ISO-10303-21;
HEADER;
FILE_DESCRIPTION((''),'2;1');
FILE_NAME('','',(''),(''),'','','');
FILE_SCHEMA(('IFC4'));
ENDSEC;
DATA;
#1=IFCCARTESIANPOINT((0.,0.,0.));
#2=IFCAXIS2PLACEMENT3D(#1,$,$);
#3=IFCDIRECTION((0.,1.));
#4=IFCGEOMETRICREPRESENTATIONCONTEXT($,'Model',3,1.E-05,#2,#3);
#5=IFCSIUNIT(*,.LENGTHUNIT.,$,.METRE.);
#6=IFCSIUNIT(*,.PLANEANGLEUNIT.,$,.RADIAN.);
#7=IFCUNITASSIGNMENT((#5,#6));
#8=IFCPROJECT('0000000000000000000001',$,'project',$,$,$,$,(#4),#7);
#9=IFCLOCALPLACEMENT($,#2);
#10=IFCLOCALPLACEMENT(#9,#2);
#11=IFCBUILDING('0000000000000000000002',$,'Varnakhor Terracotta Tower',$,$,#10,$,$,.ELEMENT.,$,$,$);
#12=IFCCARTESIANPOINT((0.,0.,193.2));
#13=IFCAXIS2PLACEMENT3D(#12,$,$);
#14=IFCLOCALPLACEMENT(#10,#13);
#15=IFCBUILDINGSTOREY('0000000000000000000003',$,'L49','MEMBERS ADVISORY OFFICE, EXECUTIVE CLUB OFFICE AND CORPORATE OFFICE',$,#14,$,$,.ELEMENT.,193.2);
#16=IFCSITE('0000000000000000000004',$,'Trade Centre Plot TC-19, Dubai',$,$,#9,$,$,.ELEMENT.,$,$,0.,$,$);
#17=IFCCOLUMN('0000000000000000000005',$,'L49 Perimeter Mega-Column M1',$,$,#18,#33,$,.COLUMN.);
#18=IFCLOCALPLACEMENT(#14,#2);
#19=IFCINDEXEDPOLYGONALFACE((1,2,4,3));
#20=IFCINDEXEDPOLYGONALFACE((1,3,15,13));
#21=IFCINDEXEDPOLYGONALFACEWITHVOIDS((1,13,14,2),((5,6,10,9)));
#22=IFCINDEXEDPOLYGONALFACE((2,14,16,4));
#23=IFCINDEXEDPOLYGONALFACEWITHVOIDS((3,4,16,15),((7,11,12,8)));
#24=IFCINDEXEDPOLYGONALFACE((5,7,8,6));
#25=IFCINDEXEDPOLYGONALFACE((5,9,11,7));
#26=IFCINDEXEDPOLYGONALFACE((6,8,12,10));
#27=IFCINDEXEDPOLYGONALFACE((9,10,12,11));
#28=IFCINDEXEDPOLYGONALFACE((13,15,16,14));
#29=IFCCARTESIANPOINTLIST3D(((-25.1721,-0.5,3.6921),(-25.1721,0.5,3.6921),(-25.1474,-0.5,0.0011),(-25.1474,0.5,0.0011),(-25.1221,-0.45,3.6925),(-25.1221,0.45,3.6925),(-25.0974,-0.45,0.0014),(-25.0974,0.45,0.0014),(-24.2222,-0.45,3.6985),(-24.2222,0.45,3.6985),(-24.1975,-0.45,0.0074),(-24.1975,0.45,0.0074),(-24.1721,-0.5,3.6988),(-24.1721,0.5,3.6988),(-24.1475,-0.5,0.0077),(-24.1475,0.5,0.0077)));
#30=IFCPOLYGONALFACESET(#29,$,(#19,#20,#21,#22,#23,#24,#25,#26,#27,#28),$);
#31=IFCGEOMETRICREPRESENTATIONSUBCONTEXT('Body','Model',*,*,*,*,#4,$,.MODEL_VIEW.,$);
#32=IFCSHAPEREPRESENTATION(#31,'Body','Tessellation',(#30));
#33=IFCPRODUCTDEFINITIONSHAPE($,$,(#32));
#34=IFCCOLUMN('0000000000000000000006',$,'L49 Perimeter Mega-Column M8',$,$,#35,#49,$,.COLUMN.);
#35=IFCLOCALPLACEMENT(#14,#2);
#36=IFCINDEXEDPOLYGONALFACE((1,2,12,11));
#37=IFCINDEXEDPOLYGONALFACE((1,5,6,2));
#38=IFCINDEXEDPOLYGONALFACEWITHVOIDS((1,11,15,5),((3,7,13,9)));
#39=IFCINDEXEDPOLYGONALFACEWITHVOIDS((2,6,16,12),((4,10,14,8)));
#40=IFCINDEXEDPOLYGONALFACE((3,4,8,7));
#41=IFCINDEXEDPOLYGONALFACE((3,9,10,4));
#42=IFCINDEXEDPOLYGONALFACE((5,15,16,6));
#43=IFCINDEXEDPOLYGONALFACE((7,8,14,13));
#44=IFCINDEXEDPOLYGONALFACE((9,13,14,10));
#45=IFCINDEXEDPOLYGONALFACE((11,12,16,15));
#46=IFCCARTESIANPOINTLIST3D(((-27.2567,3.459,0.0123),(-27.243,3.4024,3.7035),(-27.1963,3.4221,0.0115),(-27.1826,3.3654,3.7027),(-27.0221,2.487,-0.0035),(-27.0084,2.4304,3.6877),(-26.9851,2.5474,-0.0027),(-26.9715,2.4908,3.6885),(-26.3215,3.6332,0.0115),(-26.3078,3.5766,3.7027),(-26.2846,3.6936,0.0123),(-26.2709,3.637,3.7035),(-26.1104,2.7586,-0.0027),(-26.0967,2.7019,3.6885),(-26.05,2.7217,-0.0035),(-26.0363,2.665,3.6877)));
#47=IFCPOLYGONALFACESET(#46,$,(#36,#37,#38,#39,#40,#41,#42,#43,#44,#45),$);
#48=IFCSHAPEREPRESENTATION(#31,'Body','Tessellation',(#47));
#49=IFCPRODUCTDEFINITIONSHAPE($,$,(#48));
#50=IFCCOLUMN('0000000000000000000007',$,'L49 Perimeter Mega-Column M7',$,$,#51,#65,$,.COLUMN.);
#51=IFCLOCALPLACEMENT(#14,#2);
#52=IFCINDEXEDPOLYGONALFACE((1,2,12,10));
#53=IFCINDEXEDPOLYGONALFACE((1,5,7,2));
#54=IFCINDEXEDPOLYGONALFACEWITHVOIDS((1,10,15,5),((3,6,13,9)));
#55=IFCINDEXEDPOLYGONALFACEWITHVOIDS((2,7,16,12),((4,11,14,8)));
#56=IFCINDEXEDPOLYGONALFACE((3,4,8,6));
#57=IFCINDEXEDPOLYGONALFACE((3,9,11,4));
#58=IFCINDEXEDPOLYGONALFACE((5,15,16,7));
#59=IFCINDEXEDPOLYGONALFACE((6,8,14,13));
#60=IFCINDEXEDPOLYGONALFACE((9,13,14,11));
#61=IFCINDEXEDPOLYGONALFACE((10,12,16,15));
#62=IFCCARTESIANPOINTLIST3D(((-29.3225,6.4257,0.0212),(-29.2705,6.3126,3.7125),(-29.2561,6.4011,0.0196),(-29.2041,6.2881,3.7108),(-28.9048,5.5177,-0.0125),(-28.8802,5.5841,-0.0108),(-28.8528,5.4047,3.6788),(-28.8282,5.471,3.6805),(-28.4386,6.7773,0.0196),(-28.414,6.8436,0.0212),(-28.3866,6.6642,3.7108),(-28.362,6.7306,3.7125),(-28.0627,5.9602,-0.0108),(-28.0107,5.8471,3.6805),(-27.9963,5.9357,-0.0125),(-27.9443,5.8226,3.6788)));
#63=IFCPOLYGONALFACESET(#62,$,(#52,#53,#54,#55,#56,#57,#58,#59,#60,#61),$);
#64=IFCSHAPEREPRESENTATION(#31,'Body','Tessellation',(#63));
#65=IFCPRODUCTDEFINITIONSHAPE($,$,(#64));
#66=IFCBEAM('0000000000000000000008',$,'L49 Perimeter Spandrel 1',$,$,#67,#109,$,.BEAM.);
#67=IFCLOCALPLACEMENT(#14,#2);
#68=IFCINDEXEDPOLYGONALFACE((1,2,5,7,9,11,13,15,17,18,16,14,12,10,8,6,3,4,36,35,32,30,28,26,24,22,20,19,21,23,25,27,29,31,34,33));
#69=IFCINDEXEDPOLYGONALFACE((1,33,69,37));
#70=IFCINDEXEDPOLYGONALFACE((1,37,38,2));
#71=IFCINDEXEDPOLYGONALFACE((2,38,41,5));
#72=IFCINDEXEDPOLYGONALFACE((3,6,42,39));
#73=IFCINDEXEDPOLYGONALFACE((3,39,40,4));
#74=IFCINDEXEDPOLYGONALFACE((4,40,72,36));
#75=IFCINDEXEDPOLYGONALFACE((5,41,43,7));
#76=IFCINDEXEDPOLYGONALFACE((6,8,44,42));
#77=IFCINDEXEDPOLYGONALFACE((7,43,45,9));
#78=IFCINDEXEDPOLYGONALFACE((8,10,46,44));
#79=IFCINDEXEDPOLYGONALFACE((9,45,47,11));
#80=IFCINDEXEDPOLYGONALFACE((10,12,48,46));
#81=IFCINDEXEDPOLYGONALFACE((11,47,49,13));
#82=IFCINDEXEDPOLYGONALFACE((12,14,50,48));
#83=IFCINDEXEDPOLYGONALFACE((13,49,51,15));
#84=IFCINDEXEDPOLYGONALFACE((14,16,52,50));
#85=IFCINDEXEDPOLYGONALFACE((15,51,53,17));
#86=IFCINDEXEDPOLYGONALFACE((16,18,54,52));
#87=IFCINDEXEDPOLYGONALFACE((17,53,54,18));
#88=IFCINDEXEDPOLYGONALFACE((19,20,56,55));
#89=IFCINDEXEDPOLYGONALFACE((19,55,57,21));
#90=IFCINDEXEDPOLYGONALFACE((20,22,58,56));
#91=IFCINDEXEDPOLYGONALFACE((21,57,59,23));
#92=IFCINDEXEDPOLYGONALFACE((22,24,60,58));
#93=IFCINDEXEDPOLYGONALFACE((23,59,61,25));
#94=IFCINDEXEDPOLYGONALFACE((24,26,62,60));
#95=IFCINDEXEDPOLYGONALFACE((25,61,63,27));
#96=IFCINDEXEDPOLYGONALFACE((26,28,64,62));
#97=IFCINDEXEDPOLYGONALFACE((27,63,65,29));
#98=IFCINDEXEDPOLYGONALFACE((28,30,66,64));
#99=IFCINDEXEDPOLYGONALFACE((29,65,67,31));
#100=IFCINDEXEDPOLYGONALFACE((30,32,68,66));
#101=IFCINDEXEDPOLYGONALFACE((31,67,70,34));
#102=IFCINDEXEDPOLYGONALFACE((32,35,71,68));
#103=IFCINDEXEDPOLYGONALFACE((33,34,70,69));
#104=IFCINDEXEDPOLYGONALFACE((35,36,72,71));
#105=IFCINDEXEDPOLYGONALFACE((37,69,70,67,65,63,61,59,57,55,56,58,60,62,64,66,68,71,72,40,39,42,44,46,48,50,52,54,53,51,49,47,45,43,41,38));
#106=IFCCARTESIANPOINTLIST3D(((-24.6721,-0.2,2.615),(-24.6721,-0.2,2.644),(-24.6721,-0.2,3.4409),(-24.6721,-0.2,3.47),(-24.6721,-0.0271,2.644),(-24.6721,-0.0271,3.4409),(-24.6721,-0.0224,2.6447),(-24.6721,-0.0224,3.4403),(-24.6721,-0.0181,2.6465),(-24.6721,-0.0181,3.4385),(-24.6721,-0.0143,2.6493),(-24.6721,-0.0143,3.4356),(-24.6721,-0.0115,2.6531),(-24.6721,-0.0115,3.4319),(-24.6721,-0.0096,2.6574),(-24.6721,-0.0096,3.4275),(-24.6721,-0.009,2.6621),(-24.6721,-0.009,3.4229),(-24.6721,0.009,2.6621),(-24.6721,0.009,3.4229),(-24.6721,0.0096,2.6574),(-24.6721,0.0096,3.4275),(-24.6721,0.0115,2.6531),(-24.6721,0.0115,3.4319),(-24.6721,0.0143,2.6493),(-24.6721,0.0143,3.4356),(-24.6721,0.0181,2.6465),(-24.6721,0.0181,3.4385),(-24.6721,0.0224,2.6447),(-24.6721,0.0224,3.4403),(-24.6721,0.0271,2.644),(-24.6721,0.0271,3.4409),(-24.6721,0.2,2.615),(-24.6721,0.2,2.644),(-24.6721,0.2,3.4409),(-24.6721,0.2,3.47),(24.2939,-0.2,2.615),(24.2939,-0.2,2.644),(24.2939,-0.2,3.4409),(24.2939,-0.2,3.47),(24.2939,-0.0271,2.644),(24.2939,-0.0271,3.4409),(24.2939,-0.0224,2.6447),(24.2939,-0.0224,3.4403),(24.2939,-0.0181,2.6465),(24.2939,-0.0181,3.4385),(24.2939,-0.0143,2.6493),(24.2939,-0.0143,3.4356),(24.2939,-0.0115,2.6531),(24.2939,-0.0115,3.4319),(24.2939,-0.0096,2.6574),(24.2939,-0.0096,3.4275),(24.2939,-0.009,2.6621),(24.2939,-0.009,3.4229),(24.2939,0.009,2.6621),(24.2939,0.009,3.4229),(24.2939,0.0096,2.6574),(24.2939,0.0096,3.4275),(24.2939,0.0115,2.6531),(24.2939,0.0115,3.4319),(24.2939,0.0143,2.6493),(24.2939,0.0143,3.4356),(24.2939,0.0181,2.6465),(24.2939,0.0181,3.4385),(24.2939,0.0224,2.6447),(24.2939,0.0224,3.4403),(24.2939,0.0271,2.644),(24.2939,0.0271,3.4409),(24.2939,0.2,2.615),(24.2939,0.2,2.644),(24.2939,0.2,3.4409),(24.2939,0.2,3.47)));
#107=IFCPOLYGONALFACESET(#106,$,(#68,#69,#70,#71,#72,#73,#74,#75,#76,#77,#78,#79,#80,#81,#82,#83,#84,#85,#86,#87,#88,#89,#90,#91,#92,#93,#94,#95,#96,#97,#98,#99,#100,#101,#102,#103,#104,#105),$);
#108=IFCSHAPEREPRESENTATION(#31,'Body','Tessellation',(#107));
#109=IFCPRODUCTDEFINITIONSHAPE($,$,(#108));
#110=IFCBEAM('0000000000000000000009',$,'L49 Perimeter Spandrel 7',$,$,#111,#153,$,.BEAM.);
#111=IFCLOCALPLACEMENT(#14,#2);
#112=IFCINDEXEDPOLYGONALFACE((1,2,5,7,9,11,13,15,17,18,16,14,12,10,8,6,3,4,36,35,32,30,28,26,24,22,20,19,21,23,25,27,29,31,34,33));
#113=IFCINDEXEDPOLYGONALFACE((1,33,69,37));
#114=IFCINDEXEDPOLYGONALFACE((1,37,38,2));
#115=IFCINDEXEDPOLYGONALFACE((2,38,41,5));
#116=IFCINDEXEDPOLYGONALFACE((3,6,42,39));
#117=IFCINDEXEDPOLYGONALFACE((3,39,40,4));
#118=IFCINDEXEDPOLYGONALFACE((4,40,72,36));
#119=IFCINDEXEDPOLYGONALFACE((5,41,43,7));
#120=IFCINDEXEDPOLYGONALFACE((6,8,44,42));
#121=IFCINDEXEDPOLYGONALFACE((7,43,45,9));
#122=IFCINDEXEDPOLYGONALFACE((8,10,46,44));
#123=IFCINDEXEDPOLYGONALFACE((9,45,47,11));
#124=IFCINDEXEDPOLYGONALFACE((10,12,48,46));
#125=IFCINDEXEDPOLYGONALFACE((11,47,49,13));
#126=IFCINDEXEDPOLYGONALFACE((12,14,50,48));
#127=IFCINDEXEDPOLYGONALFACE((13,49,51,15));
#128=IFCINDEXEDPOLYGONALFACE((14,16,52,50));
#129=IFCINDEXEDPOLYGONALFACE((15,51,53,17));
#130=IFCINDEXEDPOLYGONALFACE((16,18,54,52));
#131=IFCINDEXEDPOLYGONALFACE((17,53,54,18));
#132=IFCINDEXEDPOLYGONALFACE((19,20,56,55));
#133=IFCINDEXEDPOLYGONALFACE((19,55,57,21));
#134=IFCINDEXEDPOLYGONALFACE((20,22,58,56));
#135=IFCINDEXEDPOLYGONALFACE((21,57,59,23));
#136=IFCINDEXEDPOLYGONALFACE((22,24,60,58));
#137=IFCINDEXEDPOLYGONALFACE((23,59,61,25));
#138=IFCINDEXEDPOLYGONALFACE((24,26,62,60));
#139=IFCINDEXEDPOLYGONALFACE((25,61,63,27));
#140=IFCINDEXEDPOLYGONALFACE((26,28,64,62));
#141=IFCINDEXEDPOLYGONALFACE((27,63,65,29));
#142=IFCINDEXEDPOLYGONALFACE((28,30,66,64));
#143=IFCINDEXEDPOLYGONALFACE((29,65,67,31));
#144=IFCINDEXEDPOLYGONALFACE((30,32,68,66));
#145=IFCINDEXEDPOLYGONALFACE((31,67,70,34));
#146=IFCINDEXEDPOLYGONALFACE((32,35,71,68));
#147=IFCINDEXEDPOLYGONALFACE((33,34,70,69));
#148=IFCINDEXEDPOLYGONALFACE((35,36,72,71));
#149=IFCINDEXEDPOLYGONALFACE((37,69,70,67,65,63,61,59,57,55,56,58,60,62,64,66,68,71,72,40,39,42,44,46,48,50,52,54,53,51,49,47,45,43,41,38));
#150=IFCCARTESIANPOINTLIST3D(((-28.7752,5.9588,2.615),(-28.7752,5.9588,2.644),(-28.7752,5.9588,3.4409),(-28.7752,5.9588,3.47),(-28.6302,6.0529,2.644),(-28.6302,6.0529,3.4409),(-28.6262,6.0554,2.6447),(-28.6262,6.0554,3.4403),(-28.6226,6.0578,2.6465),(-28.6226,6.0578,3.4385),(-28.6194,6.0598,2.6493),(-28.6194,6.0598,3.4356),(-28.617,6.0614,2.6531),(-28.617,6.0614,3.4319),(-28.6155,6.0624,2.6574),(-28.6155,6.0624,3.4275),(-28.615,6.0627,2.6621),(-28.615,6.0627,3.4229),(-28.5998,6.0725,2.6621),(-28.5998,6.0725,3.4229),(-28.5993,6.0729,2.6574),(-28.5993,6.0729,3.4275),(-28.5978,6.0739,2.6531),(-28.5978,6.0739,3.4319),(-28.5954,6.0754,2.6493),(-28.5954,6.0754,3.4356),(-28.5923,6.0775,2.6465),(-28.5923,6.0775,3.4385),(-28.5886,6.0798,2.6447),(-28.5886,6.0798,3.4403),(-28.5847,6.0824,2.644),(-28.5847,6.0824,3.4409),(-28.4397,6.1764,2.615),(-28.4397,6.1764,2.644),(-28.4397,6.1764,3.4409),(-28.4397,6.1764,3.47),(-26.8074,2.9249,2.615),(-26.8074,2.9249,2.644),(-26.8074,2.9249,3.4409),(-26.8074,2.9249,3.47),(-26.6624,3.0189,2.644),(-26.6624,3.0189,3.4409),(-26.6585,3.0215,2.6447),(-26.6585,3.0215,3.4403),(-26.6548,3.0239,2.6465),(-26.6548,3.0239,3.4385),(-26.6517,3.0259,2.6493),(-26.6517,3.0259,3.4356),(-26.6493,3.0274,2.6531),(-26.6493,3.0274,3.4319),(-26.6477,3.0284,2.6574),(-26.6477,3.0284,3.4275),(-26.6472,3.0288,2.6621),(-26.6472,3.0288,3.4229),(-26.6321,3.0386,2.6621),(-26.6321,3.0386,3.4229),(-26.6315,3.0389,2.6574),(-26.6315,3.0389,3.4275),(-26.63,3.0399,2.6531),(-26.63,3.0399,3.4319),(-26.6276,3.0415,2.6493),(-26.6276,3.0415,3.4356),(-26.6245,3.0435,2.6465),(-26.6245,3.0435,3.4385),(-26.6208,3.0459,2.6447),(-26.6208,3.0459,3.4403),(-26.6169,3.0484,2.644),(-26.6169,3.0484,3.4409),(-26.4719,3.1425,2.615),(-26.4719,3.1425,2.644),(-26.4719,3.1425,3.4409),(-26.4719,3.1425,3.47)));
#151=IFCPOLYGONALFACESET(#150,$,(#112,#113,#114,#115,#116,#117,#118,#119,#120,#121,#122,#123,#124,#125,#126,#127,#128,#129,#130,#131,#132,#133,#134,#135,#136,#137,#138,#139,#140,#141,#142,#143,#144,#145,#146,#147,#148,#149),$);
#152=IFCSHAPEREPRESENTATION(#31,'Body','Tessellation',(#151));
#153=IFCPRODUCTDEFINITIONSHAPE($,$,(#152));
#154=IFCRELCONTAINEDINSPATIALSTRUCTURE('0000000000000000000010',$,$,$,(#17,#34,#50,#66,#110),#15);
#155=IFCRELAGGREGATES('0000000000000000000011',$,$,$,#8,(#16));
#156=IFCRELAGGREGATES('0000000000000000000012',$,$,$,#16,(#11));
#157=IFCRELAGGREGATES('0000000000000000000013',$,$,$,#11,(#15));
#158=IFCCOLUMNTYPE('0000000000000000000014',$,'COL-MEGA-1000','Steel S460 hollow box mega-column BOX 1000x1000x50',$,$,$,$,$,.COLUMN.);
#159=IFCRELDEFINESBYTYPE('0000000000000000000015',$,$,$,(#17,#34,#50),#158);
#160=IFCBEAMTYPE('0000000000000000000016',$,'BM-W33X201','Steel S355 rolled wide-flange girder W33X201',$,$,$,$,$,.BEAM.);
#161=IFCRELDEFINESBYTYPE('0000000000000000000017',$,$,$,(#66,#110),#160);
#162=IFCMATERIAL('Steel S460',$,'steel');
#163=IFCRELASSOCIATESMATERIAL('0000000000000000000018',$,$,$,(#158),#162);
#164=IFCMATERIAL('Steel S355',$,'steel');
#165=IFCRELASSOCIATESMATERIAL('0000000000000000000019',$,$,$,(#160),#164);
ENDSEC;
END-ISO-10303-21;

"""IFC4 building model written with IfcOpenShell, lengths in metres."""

from ifc_helpers import new_model, si_unit, direction, frame, origin, origin_2d, place, context, subcontext, project, spatial, hollow_rectangle, i_section, extrude, source, transform, mapped, material, material_profile, profile_set, type_object, element, save


model = new_model("IFC4")

# Units and contexts
model_context = context("Model", 3, precision=1e-05, world=origin(), true_north=direction((0.0, 1.0)))
body_context = subcontext(model_context, "Body", "Model", "MODEL_VIEW")
ifc_project = project(units=[si_unit("LENGTHUNIT", "METRE"), si_unit("PLANEANGLEUNIT", "RADIAN")], contexts=[model_context])

# Site, building, storey
site_placement = place(None, origin())
site = spatial("IfcSite", under=ifc_project, at=site_placement, Name="Trade Centre Plot TC-19, Dubai", CompositionType="ELEMENT", RefElevation=0.0)
building_placement = place(site_placement, origin())
building = spatial("IfcBuilding", under=site, at=building_placement, Name="Varnakhor Terracotta Tower", CompositionType="ELEMENT")
storey_placement = place(building_placement, frame((0.0, 0.0, 193.2)))
storey = spatial("IfcBuildingStorey", under=building, at=storey_placement, Name="L49", Description="MEMBERS ADVISORY OFFICE, EXECUTIVE CLUB OFFICE AND CORPORATE OFFICE", CompositionType="ELEMENT", Elevation=193.2)

# Columns
ifc_material_1 = material(Name="Steel S460", Category="steel")
ifc_material_profile_1 = material_profile(ifc_material_1, hollow_rectangle(XDim=1.0, YDim=1.0, WallThickness=0.05, at=origin_2d()), Name="BOX 1000x1000x50")
ifc_profile_set_1 = profile_set([ifc_material_profile_1], Name="Steel S460")
column_type = type_object("IfcColumnType", Name="COL-MEGA-1000", Description="Steel S460 hollow box mega-column BOX 1000x1000x50", PredefinedType="COLUMN", material=ifc_profile_set_1)
shared_shape_1 = source(origin(), body_context, "Body", "SweptSolid", [
    extrude(hollow_rectangle(XDim=1.0, YDim=1.0, WallThickness=0.05, at=origin_2d()), origin(), (0.0, 0.0, 1.0), 3.6912),
])
column_1_placement = place(storey_placement, frame((-24.6475, 0.0, 0.0044), z_axis=(-0.00668, 0.0, 0.999978), x_axis=(0.0, -1.0, 0.0)))
element("IfcColumn", 1, at=column_1_placement, inside=storey, type_object=column_type, Name="L49 Perimeter Mega-Column M1", PredefinedType="COLUMN", context=body_context, shape_type="MappedRepresentation", body=[
    mapped(shared_shape_1, transform((0.0, 0.0, 0.0), scale=1.0)),
])
shared_shape_2 = source(origin(), body_context, "Body", "SweptSolid", [
    extrude(hollow_rectangle(XDim=1.0, YDim=1.0, WallThickness=0.05, at=origin_2d()), origin(), (0.0, 0.0, 1.0), 3.6917),
])
column_2_placement = place(storey_placement, frame((-26.6533, 3.0903, 0.0044), z_axis=(0.003703, -0.015343, 0.999875), x_axis=(0.972082, 0.234641, 0.0)))
element("IfcColumn", 2, at=column_2_placement, inside=storey, type_object=column_type, Name="L49 Perimeter Mega-Column M8", PredefinedType="COLUMN", context=body_context, shape_type="MappedRepresentation", body=[
    mapped(shared_shape_2, transform((0.0, 0.0, 0.0), scale=1.0)),
])
shared_shape_3 = source(origin(), body_context, "Body", "SweptSolid", [
    extrude(hollow_rectangle(XDim=1.0, YDim=1.0, WallThickness=0.05, at=origin_2d()), origin(), (0.0, 0.0, 1.0), 3.6934),
])
column_3_placement = place(storey_placement, frame((-28.6594, 6.1807, 0.0044), z_axis=(0.01408, -0.030606, 0.999432), x_axis=(0.908476, 0.417938, 0.0)))
element("IfcColumn", 3, at=column_3_placement, inside=storey, type_object=column_type, Name="L49 Perimeter Mega-Column M7", PredefinedType="COLUMN", context=body_context, shape_type="MappedRepresentation", body=[
    mapped(shared_shape_3, transform((0.0, 0.0, 0.0), scale=1.0)),
])

# Beams
ifc_material_2 = material(Name="Steel S355", Category="steel")
ifc_material_profile_2 = material_profile(ifc_material_2, i_section(OverallWidth=0.3999, OverallDepth=0.855, WebThickness=0.0181, FlangeThickness=0.0291, FilletRadius=0.0181, at=origin_2d()), Name="W33X201")
ifc_profile_set_2 = profile_set([ifc_material_profile_2], Name="Steel S355")
beam_type_1 = type_object("IfcBeamType", Name="BM-W33X201", Description="Steel S355 rolled wide-flange girder W33X201", PredefinedType="BEAM", material=ifc_profile_set_2)
shared_shape_4 = source(origin(), body_context, "Body", "SweptSolid", [
    extrude(i_section(OverallWidth=0.3999, OverallDepth=0.855, WebThickness=0.0181, FlangeThickness=0.0291, FilletRadius=0.0181, at=origin_2d()), origin(), (0.0, 0.0, 1.0), 48.9661),
])
beam_1_placement = place(storey_placement, frame((-24.6721, 0.0, 3.0425), z_axis=(1.0, 0.0, 0.0), x_axis=(0.0, 1.0, 0.0)))
element("IfcBeam", 4, at=beam_1_placement, inside=storey, type_object=beam_type_1, Name="L49 Perimeter Spandrel 1", PredefinedType="BEAM", context=body_context, shape_type="MappedRepresentation", body=[
    mapped(shared_shape_4, transform((0.0, 0.0, 0.0), scale=1.0)),
])
shared_shape_5 = source(origin(), body_context, "Body", "SweptSolid", [
    extrude(i_section(OverallWidth=0.3999, OverallDepth=0.855, WebThickness=0.0181, FlangeThickness=0.0291, FilletRadius=0.0181, at=origin_2d()), origin(), (0.0, 0.0, 1.0), 3.6162),
])
beam_2_placement = place(storey_placement, frame((-28.6074, 6.0676, 3.0425), z_axis=(0.544155, -0.838985, 0.0), x_axis=(0.838985, 0.544155, 0.0)))
element("IfcBeam", 5, at=beam_2_placement, inside=storey, type_object=beam_type_1, Name="L49 Perimeter Spandrel 7", PredefinedType="BEAM", context=body_context, shape_type="MappedRepresentation", body=[
    mapped(shared_shape_5, transform((0.0, 0.0, 0.0), scale=1.0)),
])

save(model, "model.ifc")
